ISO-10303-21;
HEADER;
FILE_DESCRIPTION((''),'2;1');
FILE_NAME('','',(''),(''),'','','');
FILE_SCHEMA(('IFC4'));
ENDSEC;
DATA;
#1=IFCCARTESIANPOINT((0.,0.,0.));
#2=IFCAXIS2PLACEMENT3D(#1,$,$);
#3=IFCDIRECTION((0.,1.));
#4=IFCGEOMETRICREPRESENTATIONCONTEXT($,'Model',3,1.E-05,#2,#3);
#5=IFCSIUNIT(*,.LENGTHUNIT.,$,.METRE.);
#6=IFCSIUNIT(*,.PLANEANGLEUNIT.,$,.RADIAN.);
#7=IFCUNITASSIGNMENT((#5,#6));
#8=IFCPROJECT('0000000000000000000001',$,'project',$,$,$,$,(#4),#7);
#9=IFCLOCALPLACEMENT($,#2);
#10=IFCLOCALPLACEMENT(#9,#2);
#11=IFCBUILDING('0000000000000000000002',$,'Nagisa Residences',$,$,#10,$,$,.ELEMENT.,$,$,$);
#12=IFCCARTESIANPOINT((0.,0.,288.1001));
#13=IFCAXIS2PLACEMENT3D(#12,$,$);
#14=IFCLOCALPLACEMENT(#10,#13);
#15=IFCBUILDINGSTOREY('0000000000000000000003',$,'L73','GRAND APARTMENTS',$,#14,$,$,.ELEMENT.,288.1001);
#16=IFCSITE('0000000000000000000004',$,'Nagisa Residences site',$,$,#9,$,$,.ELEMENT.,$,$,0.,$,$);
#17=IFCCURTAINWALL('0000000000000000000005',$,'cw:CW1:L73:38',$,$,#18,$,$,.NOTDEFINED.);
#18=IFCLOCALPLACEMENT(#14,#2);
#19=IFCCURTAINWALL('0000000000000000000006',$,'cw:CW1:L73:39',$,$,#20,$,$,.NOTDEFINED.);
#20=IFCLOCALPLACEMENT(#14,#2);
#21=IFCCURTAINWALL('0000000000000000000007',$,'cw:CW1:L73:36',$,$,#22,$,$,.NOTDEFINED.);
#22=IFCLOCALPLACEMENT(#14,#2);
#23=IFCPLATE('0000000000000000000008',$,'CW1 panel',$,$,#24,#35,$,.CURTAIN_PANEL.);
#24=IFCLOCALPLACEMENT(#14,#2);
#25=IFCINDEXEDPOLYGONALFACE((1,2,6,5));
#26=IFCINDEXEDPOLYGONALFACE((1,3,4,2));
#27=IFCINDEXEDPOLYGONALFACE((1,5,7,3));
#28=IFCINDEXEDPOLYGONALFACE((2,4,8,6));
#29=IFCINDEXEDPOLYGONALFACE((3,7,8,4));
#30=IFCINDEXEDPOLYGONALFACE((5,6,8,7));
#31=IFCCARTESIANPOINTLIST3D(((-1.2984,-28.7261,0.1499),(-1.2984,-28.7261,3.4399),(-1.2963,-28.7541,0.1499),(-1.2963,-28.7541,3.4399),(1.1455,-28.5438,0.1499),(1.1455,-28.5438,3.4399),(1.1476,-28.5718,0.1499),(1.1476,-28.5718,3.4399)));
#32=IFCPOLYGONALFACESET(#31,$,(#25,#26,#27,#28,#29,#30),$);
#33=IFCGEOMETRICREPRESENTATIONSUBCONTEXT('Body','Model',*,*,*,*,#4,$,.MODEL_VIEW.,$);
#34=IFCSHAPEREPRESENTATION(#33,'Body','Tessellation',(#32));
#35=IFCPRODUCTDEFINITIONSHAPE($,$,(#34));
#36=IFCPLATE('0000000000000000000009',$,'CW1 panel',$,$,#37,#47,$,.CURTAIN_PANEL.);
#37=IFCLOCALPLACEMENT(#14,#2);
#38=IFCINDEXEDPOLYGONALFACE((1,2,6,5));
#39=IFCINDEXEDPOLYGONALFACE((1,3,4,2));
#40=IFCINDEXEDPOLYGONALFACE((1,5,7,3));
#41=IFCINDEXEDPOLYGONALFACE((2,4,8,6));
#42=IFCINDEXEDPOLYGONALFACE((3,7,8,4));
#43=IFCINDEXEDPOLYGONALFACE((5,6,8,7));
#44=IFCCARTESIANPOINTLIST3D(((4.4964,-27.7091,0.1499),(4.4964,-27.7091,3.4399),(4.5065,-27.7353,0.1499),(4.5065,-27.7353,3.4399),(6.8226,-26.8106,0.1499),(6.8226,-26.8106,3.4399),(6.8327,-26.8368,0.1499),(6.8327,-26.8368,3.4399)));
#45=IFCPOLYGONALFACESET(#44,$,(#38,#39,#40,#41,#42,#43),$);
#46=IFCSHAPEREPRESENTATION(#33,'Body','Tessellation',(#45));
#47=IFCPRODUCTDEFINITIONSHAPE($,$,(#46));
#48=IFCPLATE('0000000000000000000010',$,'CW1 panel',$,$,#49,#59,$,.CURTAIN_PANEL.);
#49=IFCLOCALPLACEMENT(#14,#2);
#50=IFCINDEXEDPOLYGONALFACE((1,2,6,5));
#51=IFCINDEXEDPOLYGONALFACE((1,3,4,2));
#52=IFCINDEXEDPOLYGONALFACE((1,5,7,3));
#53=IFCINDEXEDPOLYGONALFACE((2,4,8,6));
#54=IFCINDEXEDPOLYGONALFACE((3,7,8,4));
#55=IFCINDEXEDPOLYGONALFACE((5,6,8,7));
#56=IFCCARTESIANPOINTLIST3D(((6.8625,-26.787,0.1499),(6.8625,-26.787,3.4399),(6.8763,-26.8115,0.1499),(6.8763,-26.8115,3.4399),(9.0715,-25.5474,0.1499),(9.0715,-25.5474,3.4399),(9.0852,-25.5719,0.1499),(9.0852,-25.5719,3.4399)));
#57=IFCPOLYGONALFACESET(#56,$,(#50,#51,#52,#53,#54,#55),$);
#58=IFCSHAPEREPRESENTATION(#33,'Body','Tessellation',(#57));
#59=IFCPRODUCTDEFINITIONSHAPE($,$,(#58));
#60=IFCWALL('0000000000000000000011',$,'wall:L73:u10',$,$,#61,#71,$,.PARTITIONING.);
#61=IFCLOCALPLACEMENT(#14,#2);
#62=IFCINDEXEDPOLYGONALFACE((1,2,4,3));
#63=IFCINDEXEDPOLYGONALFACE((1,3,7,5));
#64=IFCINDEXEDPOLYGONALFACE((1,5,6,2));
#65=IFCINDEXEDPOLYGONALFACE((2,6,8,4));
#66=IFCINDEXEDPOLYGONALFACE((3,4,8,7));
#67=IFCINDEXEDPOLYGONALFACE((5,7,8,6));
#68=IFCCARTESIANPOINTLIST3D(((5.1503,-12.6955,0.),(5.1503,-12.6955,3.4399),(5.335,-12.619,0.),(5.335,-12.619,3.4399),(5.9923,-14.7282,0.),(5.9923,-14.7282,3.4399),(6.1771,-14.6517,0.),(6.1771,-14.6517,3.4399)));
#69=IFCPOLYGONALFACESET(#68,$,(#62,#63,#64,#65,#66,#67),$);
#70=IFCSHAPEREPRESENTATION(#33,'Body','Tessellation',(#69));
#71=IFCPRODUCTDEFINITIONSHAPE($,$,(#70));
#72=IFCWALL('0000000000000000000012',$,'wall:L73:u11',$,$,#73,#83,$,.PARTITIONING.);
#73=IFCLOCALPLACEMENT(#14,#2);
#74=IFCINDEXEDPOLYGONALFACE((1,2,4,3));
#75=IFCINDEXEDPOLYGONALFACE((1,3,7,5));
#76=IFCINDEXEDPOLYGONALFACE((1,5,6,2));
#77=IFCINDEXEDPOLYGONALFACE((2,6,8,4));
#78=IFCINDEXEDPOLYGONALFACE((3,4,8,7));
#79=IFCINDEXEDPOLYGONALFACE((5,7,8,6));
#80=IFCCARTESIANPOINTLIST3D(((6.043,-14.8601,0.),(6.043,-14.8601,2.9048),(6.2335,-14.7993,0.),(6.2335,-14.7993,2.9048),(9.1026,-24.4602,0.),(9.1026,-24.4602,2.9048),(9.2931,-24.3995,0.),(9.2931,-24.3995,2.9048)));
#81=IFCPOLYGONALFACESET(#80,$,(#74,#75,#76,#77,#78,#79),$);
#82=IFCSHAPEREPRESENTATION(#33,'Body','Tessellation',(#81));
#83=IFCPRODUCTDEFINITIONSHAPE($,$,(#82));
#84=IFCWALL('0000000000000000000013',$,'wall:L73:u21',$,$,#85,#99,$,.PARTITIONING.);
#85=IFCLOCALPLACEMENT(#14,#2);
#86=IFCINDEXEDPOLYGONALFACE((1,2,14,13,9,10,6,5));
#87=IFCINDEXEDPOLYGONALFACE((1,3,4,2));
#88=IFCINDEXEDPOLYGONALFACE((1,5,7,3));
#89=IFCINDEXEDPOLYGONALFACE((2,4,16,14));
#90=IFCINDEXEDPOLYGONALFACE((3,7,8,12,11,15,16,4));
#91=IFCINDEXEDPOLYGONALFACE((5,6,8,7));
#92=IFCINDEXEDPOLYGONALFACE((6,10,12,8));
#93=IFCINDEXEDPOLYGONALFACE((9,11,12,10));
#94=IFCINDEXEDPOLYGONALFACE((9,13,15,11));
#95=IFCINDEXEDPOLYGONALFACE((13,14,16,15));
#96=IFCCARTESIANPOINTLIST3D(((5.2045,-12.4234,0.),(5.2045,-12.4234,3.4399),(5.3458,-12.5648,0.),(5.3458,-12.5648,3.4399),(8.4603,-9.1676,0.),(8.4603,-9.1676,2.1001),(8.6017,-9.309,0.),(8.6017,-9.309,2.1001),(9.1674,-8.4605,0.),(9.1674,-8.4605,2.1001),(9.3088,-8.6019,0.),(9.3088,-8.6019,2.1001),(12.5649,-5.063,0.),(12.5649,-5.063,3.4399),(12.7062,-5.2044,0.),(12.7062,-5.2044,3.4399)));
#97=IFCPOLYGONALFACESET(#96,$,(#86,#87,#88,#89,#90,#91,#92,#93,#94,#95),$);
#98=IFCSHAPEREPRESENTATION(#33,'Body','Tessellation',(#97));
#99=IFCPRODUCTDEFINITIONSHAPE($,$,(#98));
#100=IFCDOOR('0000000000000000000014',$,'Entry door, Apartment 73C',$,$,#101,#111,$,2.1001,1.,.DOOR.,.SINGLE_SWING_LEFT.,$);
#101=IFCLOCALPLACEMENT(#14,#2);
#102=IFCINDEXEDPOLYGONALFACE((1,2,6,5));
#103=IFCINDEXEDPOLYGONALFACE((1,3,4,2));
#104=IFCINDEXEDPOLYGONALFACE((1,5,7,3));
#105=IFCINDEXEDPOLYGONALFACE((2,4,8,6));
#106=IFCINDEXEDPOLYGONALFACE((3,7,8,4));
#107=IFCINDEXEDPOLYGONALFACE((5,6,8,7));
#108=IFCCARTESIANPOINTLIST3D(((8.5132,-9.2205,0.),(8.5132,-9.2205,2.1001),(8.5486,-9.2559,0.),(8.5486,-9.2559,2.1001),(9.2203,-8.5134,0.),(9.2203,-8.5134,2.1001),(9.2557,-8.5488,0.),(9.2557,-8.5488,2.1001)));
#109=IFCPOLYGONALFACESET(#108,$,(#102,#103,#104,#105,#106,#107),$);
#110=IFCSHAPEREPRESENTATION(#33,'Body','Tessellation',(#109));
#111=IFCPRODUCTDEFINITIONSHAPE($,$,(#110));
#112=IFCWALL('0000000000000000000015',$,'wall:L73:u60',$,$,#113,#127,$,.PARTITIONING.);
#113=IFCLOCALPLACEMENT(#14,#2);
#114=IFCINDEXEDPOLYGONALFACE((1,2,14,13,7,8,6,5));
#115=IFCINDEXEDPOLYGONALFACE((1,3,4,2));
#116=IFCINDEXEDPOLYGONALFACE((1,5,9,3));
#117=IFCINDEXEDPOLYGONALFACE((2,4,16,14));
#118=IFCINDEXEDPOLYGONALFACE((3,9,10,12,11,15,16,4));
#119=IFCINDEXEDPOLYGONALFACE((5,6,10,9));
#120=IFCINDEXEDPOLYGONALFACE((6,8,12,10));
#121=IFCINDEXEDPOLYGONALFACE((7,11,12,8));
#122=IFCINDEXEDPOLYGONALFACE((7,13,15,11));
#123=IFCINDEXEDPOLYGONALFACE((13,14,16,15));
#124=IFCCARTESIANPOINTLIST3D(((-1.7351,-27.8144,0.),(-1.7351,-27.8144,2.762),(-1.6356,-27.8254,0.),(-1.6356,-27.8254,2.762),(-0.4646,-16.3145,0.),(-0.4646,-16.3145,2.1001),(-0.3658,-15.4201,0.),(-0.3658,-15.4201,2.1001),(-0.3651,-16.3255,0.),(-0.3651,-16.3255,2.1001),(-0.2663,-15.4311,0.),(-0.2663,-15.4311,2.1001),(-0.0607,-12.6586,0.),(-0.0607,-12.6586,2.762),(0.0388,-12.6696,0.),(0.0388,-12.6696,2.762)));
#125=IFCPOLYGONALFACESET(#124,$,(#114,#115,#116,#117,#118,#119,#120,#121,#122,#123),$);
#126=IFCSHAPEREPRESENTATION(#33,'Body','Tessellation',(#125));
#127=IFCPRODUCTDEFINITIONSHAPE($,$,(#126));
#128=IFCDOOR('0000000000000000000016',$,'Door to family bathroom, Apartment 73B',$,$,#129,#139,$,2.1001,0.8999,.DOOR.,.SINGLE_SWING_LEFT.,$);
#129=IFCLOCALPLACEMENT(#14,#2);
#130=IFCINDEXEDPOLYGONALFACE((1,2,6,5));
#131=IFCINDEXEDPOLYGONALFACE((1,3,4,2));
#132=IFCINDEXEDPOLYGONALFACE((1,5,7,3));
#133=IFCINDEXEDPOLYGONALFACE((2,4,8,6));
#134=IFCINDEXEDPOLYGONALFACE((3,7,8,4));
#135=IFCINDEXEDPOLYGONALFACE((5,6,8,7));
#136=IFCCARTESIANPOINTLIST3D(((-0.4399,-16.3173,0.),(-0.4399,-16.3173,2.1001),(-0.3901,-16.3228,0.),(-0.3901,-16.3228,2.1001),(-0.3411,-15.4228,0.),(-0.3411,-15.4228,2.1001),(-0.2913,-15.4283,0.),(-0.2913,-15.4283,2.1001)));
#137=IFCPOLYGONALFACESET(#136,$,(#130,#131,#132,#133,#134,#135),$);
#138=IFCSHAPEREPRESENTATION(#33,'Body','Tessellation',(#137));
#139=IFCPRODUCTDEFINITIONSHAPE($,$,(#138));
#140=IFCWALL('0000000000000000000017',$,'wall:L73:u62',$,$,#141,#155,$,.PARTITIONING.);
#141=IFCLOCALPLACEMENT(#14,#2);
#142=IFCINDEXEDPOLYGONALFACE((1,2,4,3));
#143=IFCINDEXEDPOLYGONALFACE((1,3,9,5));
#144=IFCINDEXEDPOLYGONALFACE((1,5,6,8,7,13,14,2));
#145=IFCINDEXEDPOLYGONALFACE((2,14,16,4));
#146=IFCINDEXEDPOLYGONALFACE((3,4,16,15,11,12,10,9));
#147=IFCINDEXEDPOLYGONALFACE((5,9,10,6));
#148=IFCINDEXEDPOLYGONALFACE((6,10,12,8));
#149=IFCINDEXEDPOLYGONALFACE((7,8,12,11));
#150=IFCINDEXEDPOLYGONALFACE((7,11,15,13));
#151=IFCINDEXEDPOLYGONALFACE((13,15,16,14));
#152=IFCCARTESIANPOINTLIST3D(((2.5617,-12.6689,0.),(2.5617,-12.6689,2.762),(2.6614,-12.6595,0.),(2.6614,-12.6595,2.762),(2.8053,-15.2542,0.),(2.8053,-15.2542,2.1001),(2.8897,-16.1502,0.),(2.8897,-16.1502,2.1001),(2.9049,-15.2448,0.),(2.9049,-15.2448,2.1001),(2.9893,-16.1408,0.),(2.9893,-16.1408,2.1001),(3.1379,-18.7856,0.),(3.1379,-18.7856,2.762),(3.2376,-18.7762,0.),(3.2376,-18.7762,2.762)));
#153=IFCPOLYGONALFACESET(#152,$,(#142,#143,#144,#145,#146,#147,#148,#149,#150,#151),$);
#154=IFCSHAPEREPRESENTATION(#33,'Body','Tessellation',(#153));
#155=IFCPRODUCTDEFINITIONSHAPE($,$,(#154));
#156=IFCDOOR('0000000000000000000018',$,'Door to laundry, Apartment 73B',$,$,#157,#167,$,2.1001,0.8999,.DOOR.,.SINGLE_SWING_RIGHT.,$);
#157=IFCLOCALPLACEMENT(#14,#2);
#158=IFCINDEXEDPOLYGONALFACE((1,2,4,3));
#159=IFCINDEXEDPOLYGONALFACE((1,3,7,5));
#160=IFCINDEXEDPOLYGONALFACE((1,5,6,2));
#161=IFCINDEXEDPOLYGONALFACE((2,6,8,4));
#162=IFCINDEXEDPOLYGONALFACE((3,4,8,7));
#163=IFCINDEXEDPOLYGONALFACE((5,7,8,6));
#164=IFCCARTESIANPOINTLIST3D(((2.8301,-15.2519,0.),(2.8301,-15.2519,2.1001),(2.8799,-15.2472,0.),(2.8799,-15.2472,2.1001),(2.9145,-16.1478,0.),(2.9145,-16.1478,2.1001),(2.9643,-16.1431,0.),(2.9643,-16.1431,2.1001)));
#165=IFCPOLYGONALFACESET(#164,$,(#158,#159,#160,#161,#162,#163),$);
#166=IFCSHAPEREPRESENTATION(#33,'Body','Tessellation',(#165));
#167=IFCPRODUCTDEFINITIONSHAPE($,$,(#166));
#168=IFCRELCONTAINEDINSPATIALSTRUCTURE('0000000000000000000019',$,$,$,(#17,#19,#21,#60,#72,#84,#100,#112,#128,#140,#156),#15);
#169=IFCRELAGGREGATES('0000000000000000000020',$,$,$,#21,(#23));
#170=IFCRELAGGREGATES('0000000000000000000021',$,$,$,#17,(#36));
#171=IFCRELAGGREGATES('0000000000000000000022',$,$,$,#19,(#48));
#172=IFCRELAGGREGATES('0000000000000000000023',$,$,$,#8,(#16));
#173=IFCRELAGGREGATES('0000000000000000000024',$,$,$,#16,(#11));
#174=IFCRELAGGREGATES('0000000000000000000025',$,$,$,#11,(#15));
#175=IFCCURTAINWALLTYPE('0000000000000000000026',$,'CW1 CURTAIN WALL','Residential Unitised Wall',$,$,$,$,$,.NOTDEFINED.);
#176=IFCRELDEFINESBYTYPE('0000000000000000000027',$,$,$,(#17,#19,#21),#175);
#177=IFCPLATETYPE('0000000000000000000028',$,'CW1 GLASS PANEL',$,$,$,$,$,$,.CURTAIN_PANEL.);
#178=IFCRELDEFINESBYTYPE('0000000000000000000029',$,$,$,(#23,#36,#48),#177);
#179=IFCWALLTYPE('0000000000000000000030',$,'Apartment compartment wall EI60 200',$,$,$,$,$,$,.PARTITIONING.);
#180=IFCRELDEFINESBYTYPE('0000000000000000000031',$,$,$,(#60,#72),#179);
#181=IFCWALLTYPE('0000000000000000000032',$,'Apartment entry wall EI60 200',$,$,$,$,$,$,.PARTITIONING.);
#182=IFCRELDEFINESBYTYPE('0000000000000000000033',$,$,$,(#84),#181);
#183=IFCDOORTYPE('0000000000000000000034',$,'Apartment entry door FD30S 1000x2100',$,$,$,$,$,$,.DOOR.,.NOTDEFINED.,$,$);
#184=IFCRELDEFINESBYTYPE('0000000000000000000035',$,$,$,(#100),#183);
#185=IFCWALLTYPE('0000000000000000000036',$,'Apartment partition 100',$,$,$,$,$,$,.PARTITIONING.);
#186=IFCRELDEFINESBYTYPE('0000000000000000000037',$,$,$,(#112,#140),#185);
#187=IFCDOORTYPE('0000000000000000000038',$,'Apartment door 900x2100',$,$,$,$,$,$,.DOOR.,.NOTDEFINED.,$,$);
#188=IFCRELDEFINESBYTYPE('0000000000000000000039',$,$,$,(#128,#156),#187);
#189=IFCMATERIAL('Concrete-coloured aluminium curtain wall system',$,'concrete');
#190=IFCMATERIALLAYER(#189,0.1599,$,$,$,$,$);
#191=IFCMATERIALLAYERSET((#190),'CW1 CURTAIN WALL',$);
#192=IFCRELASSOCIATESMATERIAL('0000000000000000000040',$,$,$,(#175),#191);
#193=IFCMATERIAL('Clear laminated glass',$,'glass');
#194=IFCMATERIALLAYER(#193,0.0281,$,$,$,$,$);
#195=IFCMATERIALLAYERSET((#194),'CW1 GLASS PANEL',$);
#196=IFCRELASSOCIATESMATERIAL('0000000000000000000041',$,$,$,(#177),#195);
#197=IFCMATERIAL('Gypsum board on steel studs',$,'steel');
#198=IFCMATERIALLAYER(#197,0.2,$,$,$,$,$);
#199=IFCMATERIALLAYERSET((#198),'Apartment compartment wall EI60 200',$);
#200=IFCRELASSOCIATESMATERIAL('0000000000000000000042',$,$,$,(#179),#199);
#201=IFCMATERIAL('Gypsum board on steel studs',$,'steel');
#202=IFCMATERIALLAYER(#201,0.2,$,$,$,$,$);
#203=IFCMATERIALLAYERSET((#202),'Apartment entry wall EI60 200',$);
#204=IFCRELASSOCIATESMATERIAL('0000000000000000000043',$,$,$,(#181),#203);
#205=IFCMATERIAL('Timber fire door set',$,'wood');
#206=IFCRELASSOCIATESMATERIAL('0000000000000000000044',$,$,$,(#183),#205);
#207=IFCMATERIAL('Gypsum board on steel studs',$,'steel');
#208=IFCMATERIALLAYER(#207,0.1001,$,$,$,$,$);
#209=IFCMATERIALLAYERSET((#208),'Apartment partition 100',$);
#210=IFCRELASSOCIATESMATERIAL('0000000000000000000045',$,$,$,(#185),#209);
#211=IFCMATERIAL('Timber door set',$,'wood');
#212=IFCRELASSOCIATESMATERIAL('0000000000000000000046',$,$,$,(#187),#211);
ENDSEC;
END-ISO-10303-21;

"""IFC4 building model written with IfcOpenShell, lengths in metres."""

from ifc_helpers import new_model, si_unit, direction, frame, frame_2d, origin, origin_2d, place, context, subcontext, project, spatial, rectangle, extrude, material, layer, layer_set, type_object, element, fill, aggregate, save


model = new_model("IFC4")

# Units and contexts
model_context = context("Model", 3, precision=1e-05, world=origin(), true_north=direction((0.0, 1.0)))
body_context = subcontext(model_context, "Body", "Model", "MODEL_VIEW")
ifc_project = project(units=[si_unit("LENGTHUNIT", "METRE"), si_unit("PLANEANGLEUNIT", "RADIAN")], contexts=[model_context])

# Site, building, storey
site_placement = place(None, origin())
site = spatial("IfcSite", under=ifc_project, at=site_placement, Name="Nagisa Residences site", CompositionType="ELEMENT", RefElevation=0.0)
building_placement = place(site_placement, origin())
building = spatial("IfcBuilding", under=site, at=building_placement, Name="Nagisa Residences", CompositionType="ELEMENT")
storey_placement = place(building_placement, frame((0.0, 0.0, 288.1001)))
storey = spatial("IfcBuildingStorey", under=building, at=storey_placement, Name="L73", Description="GRAND APARTMENTS", CompositionType="ELEMENT", Elevation=288.1001)

# Curtain walls
ifc_material_1 = material(Name="Concrete-coloured aluminium curtain wall system", Category="concrete")
ifc_layer_1 = layer(ifc_material_1, 0.1599)
ifc_layer_set_1 = layer_set([ifc_layer_1], Name="CW1 CURTAIN WALL")
curtain_wall_type = type_object("IfcCurtainWallType", Name="CW1 CURTAIN WALL", Description="Residential Unitised Wall", PredefinedType="NOTDEFINED", material=ifc_layer_set_1)
curtain_wall_1_placement = place(storey_placement, origin())
curtain_wall_1 = element("IfcCurtainWall", 1, at=curtain_wall_1_placement, inside=storey, type_object=curtain_wall_type, Name="cw:CW1:L73:38", PredefinedType="NOTDEFINED")
curtain_wall_2_placement = place(storey_placement, origin())
curtain_wall_2 = element("IfcCurtainWall", 2, at=curtain_wall_2_placement, inside=storey, type_object=curtain_wall_type, Name="cw:CW1:L73:39", PredefinedType="NOTDEFINED")

# Curtain wall, plate
curtain_wall_3_placement = place(storey_placement, origin())
curtain_wall_3 = element("IfcCurtainWall", 3, at=curtain_wall_3_placement, inside=storey, type_object=curtain_wall_type, Name="cw:CW1:L73:36", PredefinedType="NOTDEFINED")
ifc_material_2 = material(Name="Clear laminated glass", Category="glass")
ifc_layer_2 = layer(ifc_material_2, 0.0281)
ifc_layer_set_2 = layer_set([ifc_layer_2], Name="CW1 GLASS PANEL")
plate_type = type_object("IfcPlateType", Name="CW1 GLASS PANEL", PredefinedType="CURTAIN_PANEL", material=ifc_layer_set_2)
plate_1_placement = place(storey_placement, frame((-0.0754, -28.6489, 0.1499), z_axis=(0.0, 0.0, 1.0), x_axis=(0.99723, 0.074377, 0.0)))
plate_1 = element("IfcPlate", 4, at=plate_1_placement, type_object=plate_type, Name="CW1 panel", PredefinedType="CURTAIN_PANEL", context=body_context, shape_type="SweptSolid", body=[
    extrude(rectangle(XDim=2.4507, YDim=0.0281, at=origin_2d()), origin(), (0.0, 0.0, 1.0), 3.29),
])
aggregate(curtain_wall_3, [plate_1])

# Plates
plate_2_placement = place(storey_placement, frame((5.6646, -27.2729, 0.1499), z_axis=(0.0, 0.0, 1.0), x_axis=(0.932826, 0.360328, 0.0)))
plate_2 = element("IfcPlate", 5, at=plate_2_placement, type_object=plate_type, Name="CW1 panel", PredefinedType="CURTAIN_PANEL", context=body_context, shape_type="SweptSolid", body=[
    extrude(rectangle(XDim=2.4937, YDim=0.0281, at=origin_2d()), origin(), (0.0, 0.0, 1.0), 3.29),
])
aggregate(curtain_wall_1, [plate_2])
plate_3_placement = place(storey_placement, frame((7.9739, -26.1794, 0.1499), z_axis=(0.0, 0.0, 1.0), x_axis=(0.872072, 0.489377, 0.0)))
plate_3 = element("IfcPlate", 6, at=plate_3_placement, type_object=plate_type, Name="CW1 panel", PredefinedType="CURTAIN_PANEL", context=body_context, shape_type="SweptSolid", body=[
    extrude(rectangle(XDim=2.533, YDim=0.0281, at=origin_2d()), origin(), (0.0, 0.0, 1.0), 3.29),
])
aggregate(curtain_wall_2, [plate_3])

# Walls
ifc_material_3 = material(Name="Gypsum board on steel studs", Category="steel")
ifc_layer_3 = layer(ifc_material_3, 0.2)
ifc_layer_set_3 = layer_set([ifc_layer_3], Name="Apartment compartment wall EI60 200")
wall_type_1 = type_object("IfcWallType", Name="Apartment compartment wall EI60 200", PredefinedType="PARTITIONING", material=ifc_layer_set_3)
wall_1_placement = place(storey_placement, frame((5.2427, -12.6572, 0.0), z_axis=(0.0, 0.0, 1.0), x_axis=(0.382708, -0.923869, 0.0)))
element("IfcWall", 7, at=wall_1_placement, inside=storey, type_object=wall_type_1, Name="wall:L73:u10", PredefinedType="PARTITIONING", context=body_context, shape_type="SweptSolid", body=[
    extrude(rectangle(XDim=2.2002, YDim=0.2, at=frame_2d((1.1001, 0.0))), origin(), (0.0, 0.0, 1.0), 3.4399),
])
wall_2_placement = place(storey_placement, frame((6.1382, -14.8296, 0.0), z_axis=(0.0, 0.0, 1.0), x_axis=(0.303654, -0.952782, 0.0)))
element("IfcWall", 8, at=wall_2_placement, inside=storey, type_object=wall_type_1, Name="wall:L73:u11", PredefinedType="PARTITIONING", context=body_context, shape_type="SweptSolid", body=[
    extrude(rectangle(XDim=10.0759, YDim=0.2, at=frame_2d((5.0381, 0.0))), origin(), (0.0, 0.0, 1.0), 2.9048),
])

# Walls, openings, doors
ifc_material_4 = material(Name="Gypsum board on steel studs", Category="steel")
ifc_layer_4 = layer(ifc_material_4, 0.2)
ifc_layer_set_4 = layer_set([ifc_layer_4], Name="Apartment entry wall EI60 200")
wall_type_2 = type_object("IfcWallType", Name="Apartment entry wall EI60 200", PredefinedType="PARTITIONING", material=ifc_layer_set_4)
wall_3_placement = place(storey_placement, frame((5.2751, -12.4941, 0.0), z_axis=(0.0, 0.0, 1.0), x_axis=(0.707107, 0.707107, 0.0)))
wall_3 = element("IfcWall", 9, at=wall_3_placement, inside=storey, type_object=wall_type_2, Name="wall:L73:u21", PredefinedType="PARTITIONING", context=body_context, shape_type="SweptSolid", body=[
    extrude(rectangle(XDim=10.4092, YDim=0.2, at=frame_2d((5.2046, 0.0))), origin(), (0.0, 0.0, 1.0), 3.4399),
])
opening_1_placement = place(wall_3_placement, frame((4.6045, 0.0, 0.0)))
opening_1 = element("IfcOpeningElement", 10, at=opening_1_placement, cuts=wall_3, PredefinedType="OPENING", context=body_context, shape_type="SweptSolid", body=[
    extrude(rectangle(XDim=1.0, YDim=2.1001, at=frame_2d((0.5, 1.05))), frame((0.0, 0.1099, 0.0), z_axis=(0.0, -1.0, 0.0), x_axis=(1.0, 0.0, 0.0)), (0.0, 0.0, 1.0), 0.22),
])
ifc_material_5 = material(Name="Timber fire door set", Category="wood")
door_type_1 = type_object("IfcDoorType", Name="Apartment entry door FD30S 1000x2100", OperationType="NOTDEFINED", PredefinedType="DOOR", material=ifc_material_5)
door_1_placement = place(opening_1_placement, frame((1.0, 0.0, 0.0), x_axis=(-1.0, 0.0, 0.0)))
door_1 = element("IfcDoor", 11, at=door_1_placement, inside=storey, type_object=door_type_1, Name="Entry door, Apartment 73C", OperationType="SINGLE_SWING_LEFT", OverallHeight=2.1001, OverallWidth=1.0, PredefinedType="DOOR", context=body_context, shape_type="SweptSolid", body=[
    extrude(rectangle(XDim=1.0, YDim=2.1001, at=frame_2d((0.5, 1.05))), frame((0.0, 0.0249, 0.0), z_axis=(0.0, -1.0, 0.0), x_axis=(1.0, 0.0, 0.0)), (0.0, 0.0, 1.0), 0.05),
])
fill(opening_1, door_1)
ifc_material_6 = material(Name="Gypsum board on steel studs", Category="steel")
ifc_layer_5 = layer(ifc_material_6, 0.1001)
ifc_layer_set_5 = layer_set([ifc_layer_5], Name="Apartment partition 100")
wall_type_3 = type_object("IfcWallType", Name="Apartment partition 100", PredefinedType="PARTITIONING", material=ifc_layer_set_5)
wall_4_placement = place(storey_placement, frame((-0.011, -12.6641, 0.0), z_axis=(0.0, 0.0, 1.0), x_axis=(-0.109806, -0.993953, 0.0)))
wall_4 = element("IfcWall", 12, at=wall_4_placement, inside=storey, type_object=wall_type_3, Name="wall:L73:u60", PredefinedType="PARTITIONING", context=body_context, shape_type="SweptSolid", body=[
    extrude(rectangle(XDim=15.248, YDim=0.1001, at=frame_2d((7.624, 0.0))), origin(), (0.0, 0.0, 1.0), 2.762),
])
opening_2_placement = place(wall_4_placement, frame((2.7783, 0.0, 0.0)))
opening_2 = element("IfcOpeningElement", 13, at=opening_2_placement, cuts=wall_4, PredefinedType="OPENING", context=body_context, shape_type="SweptSolid", body=[
    extrude(rectangle(XDim=0.8999, YDim=2.1001, at=frame_2d((0.45, 1.05))), frame((0.0, 0.0601, 0.0), z_axis=(0.0, -1.0, 0.0), x_axis=(1.0, 0.0, 0.0)), (0.0, 0.0, 1.0), 0.1201),
])
ifc_material_7 = material(Name="Timber door set", Category="wood")
door_type_2 = type_object("IfcDoorType", Name="Apartment door 900x2100", OperationType="NOTDEFINED", PredefinedType="DOOR", material=ifc_material_7)
door_2_placement = place(opening_2_placement, origin())
door_2 = element("IfcDoor", 14, at=door_2_placement, inside=storey, type_object=door_type_2, Name="Door to family bathroom, Apartment 73B", OperationType="SINGLE_SWING_LEFT", OverallHeight=2.1001, OverallWidth=0.8999, PredefinedType="DOOR", context=body_context, shape_type="SweptSolid", body=[
    extrude(rectangle(XDim=0.8999, YDim=2.1001, at=frame_2d((0.45, 1.05))), frame((0.0, 0.0249, 0.0), z_axis=(0.0, -1.0, 0.0), x_axis=(1.0, 0.0, 0.0)), (0.0, 0.0, 1.0), 0.05),
])
fill(opening_2, door_2)
wall_5_placement = place(storey_placement, frame((2.6116, -12.6643, 0.0), z_axis=(0.0, 0.0, 1.0), x_axis=(0.093781, -0.995593, 0.0)))
wall_5 = element("IfcWall", 15, at=wall_5_placement, inside=storey, type_object=wall_type_3, Name="wall:L73:u62", PredefinedType="PARTITIONING", context=body_context, shape_type="SweptSolid", body=[
    extrude(rectangle(XDim=6.1438, YDim=0.1001, at=frame_2d((3.0718, 0.0))), origin(), (0.0, 0.0, 1.0), 2.762),
])
opening_3_placement = place(wall_5_placement, frame((2.5967, 0.0, 0.0)))
opening_3 = element("IfcOpeningElement", 16, at=opening_3_placement, cuts=wall_5, PredefinedType="OPENING", context=body_context, shape_type="SweptSolid", body=[
    extrude(rectangle(XDim=0.8999, YDim=2.1001, at=frame_2d((0.45, 1.05))), frame((0.0, 0.0601, 0.0), z_axis=(0.0, -1.0, 0.0), x_axis=(1.0, 0.0, 0.0)), (0.0, 0.0, 1.0), 0.1201),
])
door_3_placement = place(opening_3_placement, origin())
door_3 = element("IfcDoor", 17, at=door_3_placement, inside=storey, type_object=door_type_2, Name="Door to laundry, Apartment 73B", OperationType="SINGLE_SWING_RIGHT", OverallHeight=2.1001, OverallWidth=0.8999, PredefinedType="DOOR", context=body_context, shape_type="SweptSolid", body=[
    extrude(rectangle(XDim=0.8999, YDim=2.1001, at=frame_2d((0.45, 1.05))), frame((0.0, 0.0249, 0.0), z_axis=(0.0, -1.0, 0.0), x_axis=(1.0, 0.0, 0.0)), (0.0, 0.0, 1.0), 0.05),
])
fill(opening_3, door_3)

save(model, "model.ifc")
